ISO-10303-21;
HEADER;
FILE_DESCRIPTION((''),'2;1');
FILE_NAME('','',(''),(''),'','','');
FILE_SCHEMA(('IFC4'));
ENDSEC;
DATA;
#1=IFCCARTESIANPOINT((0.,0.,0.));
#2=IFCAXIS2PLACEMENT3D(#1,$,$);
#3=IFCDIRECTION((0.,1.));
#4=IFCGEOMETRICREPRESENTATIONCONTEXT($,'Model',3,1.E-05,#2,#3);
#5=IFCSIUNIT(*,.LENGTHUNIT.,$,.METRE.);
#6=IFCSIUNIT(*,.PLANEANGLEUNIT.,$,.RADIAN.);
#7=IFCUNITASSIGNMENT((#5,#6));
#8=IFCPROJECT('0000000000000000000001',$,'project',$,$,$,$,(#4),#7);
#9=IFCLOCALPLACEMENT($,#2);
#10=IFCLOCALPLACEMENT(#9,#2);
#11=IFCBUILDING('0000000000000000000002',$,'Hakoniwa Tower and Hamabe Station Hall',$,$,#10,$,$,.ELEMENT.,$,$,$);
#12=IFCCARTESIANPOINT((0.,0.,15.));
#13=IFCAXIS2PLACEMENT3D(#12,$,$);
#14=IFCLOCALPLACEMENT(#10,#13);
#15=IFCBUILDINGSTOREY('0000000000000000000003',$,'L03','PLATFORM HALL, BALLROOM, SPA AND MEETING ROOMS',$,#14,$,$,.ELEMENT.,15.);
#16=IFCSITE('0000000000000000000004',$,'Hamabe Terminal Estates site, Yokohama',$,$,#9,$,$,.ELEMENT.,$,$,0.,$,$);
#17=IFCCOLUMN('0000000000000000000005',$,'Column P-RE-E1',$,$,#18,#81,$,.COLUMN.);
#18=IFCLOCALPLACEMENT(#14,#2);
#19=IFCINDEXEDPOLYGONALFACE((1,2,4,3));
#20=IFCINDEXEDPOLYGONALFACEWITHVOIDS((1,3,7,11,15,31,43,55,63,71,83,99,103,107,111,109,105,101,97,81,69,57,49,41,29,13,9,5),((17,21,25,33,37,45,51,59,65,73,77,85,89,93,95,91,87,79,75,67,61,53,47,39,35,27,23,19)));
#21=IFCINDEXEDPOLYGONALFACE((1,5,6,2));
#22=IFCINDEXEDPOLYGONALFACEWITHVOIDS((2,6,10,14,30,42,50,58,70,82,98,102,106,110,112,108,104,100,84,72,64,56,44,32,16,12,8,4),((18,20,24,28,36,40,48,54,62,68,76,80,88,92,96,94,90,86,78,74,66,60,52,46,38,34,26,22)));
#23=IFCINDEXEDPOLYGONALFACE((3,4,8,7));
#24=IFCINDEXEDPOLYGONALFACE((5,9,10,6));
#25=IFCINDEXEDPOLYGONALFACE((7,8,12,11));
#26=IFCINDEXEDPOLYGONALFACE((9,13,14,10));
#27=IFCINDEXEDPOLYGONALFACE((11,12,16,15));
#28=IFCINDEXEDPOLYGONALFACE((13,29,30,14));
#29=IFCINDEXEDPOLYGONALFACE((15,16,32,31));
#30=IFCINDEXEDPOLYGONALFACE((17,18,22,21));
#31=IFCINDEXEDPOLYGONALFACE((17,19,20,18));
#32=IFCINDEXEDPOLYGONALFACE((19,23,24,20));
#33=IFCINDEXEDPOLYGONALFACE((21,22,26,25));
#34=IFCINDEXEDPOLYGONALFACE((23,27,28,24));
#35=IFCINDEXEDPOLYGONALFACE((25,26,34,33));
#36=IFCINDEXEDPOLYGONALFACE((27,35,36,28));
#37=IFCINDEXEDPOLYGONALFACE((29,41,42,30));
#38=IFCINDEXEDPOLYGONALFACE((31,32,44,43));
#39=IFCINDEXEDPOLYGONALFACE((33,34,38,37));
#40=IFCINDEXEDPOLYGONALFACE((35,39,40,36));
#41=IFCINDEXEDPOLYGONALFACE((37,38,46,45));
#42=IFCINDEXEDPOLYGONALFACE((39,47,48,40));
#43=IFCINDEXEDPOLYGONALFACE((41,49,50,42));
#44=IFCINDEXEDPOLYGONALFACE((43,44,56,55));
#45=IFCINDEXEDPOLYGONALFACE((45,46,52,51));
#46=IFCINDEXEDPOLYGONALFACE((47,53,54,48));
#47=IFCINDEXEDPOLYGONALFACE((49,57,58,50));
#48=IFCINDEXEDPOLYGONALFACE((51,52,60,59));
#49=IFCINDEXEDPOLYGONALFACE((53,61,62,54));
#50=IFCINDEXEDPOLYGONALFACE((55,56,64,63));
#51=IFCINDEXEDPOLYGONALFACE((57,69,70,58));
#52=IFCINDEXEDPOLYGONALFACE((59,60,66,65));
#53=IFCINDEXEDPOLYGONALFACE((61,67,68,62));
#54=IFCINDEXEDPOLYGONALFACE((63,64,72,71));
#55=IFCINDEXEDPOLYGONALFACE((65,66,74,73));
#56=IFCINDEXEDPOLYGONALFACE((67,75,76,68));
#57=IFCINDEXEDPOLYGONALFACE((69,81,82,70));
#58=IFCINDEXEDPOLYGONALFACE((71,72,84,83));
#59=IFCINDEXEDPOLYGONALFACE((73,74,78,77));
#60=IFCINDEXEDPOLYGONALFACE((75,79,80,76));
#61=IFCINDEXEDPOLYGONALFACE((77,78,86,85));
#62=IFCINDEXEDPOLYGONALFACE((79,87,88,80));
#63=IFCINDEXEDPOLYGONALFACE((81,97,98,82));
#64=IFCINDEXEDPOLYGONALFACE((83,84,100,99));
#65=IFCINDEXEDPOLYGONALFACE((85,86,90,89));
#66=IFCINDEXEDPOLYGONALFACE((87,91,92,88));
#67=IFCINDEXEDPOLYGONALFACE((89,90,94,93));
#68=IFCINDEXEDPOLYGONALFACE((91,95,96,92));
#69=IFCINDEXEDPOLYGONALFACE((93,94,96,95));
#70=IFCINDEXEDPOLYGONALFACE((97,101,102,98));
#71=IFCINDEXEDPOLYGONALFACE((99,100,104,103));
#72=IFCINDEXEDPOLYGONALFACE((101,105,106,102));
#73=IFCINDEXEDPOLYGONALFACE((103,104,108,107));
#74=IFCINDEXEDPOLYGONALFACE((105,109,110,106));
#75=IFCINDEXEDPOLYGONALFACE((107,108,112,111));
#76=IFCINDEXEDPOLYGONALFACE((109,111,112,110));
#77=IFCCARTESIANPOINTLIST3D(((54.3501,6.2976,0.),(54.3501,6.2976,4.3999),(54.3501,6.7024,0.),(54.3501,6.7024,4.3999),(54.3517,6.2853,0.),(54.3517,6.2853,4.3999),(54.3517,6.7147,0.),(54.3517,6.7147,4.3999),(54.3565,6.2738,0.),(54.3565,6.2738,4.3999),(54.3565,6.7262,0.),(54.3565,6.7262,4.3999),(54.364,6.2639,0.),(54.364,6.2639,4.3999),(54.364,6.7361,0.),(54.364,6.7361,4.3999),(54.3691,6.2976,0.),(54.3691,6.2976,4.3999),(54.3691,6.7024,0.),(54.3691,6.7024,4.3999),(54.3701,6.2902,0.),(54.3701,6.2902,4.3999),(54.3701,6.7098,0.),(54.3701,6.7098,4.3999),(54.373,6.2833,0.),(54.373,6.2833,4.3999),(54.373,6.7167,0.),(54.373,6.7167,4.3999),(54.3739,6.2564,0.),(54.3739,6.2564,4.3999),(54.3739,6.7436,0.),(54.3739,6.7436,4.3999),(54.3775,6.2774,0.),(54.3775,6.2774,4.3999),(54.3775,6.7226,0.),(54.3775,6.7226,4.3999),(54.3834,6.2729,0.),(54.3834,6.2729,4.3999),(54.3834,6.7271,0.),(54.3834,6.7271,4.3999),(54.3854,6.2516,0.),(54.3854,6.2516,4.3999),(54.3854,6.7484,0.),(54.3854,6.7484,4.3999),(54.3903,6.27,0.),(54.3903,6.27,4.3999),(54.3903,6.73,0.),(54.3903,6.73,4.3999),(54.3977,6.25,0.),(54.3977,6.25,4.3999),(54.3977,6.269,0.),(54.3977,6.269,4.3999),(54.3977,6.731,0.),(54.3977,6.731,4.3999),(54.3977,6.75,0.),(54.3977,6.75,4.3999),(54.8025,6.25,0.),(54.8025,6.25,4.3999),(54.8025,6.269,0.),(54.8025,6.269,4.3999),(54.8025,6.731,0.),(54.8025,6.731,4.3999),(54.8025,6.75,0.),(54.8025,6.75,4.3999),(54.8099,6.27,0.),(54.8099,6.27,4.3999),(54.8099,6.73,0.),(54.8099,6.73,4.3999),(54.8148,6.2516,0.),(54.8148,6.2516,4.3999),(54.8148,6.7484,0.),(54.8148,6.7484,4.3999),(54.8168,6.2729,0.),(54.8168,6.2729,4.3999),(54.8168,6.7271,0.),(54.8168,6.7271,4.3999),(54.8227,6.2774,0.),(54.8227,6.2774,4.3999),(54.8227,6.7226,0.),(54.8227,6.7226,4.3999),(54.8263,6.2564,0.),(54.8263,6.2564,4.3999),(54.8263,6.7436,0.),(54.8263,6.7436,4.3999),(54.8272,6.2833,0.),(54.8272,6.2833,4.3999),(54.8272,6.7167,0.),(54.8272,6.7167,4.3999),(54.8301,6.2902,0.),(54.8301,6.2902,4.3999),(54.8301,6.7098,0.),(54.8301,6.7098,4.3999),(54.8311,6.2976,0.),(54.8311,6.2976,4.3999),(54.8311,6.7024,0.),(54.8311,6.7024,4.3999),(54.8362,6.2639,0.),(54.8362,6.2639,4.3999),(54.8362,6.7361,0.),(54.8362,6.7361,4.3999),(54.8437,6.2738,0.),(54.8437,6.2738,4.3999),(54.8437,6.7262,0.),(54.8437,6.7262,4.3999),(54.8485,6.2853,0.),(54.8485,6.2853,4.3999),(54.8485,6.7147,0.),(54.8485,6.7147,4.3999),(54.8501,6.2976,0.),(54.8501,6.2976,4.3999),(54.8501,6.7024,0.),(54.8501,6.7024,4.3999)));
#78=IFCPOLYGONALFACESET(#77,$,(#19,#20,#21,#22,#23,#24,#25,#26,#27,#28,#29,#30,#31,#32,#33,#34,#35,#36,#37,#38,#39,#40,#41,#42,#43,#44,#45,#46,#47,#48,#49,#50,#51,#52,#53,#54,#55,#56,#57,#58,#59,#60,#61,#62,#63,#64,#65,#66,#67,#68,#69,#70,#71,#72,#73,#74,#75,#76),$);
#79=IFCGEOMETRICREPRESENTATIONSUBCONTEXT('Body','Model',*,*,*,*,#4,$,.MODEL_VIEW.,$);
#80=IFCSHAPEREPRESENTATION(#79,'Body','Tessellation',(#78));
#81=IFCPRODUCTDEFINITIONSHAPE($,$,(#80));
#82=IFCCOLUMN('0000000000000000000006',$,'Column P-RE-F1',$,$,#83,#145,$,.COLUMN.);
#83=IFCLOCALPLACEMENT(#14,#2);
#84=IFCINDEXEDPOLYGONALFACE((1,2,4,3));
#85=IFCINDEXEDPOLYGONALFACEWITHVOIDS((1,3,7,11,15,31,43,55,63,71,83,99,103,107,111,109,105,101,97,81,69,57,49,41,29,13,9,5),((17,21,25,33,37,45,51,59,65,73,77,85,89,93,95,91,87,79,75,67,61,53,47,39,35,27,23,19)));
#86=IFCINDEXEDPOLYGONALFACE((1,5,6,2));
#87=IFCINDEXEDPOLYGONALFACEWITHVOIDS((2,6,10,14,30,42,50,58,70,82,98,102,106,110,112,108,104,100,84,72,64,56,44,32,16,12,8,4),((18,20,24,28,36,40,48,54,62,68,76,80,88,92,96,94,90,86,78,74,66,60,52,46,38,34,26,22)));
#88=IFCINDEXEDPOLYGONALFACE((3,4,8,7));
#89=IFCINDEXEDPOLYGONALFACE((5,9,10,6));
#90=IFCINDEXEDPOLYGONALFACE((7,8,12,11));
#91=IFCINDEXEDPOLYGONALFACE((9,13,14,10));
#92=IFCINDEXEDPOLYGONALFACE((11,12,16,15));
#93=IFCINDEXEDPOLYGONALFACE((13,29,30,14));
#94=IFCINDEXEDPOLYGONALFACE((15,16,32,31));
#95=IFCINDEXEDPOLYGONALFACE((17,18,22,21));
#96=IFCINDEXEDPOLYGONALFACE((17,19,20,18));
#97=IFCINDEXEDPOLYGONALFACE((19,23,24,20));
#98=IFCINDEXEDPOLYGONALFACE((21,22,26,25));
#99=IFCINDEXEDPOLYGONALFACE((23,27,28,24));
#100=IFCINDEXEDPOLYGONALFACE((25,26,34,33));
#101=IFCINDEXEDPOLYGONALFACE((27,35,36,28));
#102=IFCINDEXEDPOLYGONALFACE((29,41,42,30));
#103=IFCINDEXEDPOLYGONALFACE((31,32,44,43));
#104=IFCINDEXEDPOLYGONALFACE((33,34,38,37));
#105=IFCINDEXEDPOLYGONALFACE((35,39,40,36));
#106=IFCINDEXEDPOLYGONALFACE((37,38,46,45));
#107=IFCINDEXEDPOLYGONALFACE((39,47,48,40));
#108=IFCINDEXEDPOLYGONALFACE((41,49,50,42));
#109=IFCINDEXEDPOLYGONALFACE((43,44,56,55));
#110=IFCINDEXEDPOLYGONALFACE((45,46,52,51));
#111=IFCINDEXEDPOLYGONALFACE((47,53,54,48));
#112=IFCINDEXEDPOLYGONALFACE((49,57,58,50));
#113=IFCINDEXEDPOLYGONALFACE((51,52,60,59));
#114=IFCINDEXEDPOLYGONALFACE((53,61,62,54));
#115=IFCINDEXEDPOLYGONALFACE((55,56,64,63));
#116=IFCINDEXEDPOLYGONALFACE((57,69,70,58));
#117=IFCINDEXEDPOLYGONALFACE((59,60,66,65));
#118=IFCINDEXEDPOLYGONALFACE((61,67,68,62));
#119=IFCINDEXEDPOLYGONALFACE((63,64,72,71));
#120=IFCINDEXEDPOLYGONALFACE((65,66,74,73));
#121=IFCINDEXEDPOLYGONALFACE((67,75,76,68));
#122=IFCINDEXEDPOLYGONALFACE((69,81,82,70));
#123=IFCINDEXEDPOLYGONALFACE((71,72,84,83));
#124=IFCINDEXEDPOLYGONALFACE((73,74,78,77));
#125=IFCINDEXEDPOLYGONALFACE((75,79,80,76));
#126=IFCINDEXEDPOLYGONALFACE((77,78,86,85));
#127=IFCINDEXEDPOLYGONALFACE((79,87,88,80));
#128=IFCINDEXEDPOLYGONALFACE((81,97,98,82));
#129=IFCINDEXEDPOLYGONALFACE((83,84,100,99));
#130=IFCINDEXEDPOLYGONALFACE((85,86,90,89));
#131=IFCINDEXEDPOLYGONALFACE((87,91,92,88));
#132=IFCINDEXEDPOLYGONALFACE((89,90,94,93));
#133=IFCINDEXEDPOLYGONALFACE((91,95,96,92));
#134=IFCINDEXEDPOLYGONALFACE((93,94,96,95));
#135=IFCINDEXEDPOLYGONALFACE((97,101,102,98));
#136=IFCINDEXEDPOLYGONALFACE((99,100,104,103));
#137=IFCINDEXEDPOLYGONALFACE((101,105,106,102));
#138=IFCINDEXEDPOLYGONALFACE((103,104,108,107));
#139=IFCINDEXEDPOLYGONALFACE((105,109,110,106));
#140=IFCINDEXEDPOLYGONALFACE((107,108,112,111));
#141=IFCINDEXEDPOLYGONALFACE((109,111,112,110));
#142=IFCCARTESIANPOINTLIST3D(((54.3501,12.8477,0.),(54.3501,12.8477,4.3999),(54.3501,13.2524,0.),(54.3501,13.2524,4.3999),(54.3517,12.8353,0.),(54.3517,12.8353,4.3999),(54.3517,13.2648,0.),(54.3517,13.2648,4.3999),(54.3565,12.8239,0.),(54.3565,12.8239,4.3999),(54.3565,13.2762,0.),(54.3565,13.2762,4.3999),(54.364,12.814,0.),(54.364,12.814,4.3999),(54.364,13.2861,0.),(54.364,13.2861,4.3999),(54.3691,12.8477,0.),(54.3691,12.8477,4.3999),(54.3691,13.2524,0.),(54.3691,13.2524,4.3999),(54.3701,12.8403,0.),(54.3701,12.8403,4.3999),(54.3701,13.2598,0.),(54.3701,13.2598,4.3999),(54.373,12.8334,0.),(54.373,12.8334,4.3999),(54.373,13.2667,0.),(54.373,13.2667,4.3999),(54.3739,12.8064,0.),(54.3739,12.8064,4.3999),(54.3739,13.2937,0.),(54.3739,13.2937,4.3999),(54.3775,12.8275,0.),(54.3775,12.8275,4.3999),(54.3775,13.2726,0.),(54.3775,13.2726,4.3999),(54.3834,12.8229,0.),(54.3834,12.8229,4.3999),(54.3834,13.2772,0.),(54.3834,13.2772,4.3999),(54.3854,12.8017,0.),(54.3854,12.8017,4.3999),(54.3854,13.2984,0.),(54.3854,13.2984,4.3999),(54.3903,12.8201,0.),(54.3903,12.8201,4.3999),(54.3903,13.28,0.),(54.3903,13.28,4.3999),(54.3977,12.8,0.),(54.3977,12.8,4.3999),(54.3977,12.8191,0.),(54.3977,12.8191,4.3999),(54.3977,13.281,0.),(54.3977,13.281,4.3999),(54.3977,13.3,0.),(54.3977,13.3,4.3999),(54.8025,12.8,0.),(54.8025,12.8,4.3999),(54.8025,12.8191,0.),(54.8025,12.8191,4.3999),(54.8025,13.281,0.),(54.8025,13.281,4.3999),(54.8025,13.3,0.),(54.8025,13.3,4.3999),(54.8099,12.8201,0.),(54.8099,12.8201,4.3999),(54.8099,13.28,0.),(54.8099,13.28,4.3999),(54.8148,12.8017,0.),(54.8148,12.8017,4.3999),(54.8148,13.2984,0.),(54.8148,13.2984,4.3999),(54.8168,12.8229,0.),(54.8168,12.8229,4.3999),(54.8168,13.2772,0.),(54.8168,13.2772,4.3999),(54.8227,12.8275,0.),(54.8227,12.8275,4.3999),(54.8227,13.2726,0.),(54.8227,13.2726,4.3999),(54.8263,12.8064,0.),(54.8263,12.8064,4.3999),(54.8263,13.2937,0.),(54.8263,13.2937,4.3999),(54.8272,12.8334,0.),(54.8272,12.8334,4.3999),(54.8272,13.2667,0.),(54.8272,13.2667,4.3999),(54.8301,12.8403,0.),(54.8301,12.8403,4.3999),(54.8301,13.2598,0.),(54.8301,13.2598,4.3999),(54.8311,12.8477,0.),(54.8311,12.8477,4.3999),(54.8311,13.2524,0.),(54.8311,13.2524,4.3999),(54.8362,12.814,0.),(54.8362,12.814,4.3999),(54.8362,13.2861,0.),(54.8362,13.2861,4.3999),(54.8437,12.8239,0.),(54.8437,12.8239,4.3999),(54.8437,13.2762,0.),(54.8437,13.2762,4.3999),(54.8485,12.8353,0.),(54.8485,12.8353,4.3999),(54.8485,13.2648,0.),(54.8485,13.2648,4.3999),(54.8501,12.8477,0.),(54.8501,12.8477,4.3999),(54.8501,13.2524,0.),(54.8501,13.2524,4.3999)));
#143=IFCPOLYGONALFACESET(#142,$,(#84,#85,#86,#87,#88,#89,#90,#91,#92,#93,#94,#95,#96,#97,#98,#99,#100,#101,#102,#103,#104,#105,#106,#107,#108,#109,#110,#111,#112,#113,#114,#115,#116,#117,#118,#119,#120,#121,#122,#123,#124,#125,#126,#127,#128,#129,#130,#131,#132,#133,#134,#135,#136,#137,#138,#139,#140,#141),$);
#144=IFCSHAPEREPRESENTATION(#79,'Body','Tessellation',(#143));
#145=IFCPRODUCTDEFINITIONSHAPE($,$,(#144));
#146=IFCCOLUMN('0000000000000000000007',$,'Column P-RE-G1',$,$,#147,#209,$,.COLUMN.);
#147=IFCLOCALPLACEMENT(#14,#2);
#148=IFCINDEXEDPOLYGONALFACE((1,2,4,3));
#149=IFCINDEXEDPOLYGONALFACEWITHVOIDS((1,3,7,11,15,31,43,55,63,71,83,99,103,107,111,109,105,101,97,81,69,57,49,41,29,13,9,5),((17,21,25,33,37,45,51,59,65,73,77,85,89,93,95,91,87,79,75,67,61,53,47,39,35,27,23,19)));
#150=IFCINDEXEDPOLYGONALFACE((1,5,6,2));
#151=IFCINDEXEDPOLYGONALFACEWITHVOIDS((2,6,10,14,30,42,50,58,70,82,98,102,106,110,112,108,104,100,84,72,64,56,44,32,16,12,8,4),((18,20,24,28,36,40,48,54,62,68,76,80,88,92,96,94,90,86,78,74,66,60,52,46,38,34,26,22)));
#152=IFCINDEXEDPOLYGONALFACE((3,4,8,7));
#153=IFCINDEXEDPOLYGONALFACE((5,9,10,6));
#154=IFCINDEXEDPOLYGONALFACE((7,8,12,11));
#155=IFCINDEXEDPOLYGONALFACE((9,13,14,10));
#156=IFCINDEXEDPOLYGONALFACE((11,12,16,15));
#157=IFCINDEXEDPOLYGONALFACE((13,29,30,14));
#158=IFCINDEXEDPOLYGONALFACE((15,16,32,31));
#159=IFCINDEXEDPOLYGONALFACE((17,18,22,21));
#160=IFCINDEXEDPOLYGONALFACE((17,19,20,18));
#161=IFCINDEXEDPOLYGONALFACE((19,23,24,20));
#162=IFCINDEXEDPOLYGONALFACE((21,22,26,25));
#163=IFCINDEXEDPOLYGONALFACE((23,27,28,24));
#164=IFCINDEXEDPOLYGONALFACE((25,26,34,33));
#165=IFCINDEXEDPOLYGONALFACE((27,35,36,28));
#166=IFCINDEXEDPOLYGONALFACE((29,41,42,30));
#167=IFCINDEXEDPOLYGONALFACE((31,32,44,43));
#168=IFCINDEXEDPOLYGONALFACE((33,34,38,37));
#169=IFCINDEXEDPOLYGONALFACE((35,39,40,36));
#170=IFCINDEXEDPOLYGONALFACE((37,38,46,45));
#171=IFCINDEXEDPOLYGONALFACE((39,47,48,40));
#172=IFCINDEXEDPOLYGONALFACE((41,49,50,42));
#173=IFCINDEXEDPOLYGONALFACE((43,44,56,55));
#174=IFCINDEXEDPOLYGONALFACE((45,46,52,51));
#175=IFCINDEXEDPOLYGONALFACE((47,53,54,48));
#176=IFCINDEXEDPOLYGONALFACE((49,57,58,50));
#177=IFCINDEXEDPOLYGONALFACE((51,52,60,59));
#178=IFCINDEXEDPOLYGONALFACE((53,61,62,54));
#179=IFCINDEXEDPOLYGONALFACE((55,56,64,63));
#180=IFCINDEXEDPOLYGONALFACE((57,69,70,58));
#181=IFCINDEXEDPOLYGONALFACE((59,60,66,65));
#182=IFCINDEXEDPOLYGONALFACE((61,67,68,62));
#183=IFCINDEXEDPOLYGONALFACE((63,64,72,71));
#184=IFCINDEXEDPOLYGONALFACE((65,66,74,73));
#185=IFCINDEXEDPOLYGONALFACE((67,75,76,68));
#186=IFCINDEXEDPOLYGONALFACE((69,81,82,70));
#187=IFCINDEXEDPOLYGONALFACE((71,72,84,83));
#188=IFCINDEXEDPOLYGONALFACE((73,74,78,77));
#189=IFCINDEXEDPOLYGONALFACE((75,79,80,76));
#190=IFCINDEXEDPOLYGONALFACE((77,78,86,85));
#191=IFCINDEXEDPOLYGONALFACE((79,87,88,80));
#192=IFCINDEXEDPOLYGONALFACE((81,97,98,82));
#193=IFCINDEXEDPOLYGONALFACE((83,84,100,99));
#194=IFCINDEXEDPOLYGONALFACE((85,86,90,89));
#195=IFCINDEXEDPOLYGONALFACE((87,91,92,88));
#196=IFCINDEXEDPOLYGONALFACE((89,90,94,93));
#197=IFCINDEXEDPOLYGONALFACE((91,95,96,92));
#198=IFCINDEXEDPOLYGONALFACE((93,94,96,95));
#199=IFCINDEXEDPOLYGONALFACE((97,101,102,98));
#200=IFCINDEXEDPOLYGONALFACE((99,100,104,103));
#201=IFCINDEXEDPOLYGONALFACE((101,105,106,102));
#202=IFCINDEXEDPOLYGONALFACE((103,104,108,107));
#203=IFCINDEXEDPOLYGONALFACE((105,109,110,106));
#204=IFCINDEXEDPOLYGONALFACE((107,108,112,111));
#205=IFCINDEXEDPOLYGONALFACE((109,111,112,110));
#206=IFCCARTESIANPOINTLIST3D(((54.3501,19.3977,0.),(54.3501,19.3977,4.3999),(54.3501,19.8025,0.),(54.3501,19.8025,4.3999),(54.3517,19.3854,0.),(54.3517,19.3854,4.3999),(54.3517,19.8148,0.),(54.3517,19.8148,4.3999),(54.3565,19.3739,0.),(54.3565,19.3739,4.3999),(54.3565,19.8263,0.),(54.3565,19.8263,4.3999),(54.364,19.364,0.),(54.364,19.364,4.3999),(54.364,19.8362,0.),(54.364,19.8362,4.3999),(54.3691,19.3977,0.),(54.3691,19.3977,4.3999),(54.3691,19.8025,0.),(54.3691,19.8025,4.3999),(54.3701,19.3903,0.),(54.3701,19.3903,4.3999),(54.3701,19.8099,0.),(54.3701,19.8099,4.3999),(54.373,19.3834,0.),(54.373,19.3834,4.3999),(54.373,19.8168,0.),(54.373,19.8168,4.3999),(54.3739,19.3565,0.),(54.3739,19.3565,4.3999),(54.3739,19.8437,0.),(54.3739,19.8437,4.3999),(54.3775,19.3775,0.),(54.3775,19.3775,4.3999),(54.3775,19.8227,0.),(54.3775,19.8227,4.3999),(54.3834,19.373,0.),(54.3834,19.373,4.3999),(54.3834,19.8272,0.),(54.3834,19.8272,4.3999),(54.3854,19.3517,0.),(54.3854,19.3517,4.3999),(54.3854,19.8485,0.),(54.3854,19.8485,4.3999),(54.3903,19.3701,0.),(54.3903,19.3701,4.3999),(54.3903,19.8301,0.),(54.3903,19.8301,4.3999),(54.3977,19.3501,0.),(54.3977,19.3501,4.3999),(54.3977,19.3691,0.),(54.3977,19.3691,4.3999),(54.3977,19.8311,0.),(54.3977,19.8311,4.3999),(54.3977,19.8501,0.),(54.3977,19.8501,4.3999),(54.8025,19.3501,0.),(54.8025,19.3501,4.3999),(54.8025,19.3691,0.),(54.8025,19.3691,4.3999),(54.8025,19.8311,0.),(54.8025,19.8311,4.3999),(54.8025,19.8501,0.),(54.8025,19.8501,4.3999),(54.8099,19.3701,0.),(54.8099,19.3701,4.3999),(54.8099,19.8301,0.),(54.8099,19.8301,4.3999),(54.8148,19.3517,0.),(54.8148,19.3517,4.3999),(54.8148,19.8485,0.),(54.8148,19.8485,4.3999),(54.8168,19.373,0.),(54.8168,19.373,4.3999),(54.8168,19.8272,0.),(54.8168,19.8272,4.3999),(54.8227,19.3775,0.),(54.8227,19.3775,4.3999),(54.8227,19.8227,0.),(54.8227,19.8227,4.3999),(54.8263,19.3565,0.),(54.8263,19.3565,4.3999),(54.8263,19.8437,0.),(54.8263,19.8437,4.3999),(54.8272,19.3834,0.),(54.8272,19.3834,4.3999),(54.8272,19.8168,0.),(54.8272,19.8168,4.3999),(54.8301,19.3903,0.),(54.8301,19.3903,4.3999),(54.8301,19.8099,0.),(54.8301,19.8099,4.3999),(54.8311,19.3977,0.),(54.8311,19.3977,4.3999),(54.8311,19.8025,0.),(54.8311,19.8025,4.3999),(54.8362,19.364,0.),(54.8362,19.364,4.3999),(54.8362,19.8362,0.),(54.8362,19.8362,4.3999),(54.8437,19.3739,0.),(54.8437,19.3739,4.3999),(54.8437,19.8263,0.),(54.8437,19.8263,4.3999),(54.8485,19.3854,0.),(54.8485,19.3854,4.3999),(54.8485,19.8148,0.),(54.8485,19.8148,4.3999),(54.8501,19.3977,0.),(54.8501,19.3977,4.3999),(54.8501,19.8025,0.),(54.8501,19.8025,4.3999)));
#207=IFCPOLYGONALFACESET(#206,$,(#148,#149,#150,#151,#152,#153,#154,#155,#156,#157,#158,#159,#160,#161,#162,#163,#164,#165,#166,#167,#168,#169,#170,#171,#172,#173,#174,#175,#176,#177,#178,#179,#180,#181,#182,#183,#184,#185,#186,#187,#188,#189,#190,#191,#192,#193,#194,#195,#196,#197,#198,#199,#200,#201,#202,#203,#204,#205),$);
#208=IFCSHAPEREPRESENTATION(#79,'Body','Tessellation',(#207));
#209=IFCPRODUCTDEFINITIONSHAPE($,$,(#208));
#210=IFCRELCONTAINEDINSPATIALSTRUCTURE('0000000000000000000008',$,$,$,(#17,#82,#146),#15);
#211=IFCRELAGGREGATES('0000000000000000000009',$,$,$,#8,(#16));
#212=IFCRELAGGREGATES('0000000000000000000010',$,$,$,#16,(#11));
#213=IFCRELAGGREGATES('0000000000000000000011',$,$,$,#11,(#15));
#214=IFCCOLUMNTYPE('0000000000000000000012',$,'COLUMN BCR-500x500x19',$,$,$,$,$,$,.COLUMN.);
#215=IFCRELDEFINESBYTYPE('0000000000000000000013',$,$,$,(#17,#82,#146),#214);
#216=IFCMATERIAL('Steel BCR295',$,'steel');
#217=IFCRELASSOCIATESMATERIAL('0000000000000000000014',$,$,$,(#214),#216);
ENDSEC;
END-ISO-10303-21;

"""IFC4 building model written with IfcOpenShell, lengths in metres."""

from ifc_helpers import new_model, si_unit, direction, frame, origin, origin_2d, place, context, subcontext, project, spatial, hollow_rectangle, extrude, material, material_profile, profile_set, type_object, element, save


model = new_model("IFC4")

# Units and contexts
model_context = context("Model", 3, precision=1e-05, world=origin(), true_north=direction((0.0, 1.0)))
body_context = subcontext(model_context, "Body", "Model", "MODEL_VIEW")
ifc_project = project(units=[si_unit("LENGTHUNIT", "METRE"), si_unit("PLANEANGLEUNIT", "RADIAN")], contexts=[model_context])

# Site, building, storey
site_placement = place(None, origin())
site = spatial("IfcSite", under=ifc_project, at=site_placement, Name="Hamabe Terminal Estates site, Yokohama", CompositionType="ELEMENT", RefElevation=0.0)
building_placement = place(site_placement, origin())
building = spatial("IfcBuilding", under=site, at=building_placement, Name="Hakoniwa Tower and Hamabe Station Hall", CompositionType="ELEMENT")
storey_placement = place(building_placement, frame((0.0, 0.0, 15.0)))
storey = spatial("IfcBuildingStorey", under=building, at=storey_placement, Name="L03", Description="PLATFORM HALL, BALLROOM, SPA AND MEETING ROOMS", CompositionType="ELEMENT", Elevation=15.0)

# Columns
ifc_material_1 = material(Name="Steel BCR295", Category="steel")
ifc_material_profile_1 = material_profile(ifc_material_1, hollow_rectangle(XDim=0.5, YDim=0.5, WallThickness=0.019, InnerFilletRadius=0.0286, OuterFilletRadius=0.0476, at=origin_2d()), Name="BCR-500x500x19")
ifc_profile_set_1 = profile_set([ifc_material_profile_1], Name="Steel BCR295")
column_type_1 = type_object("IfcColumnType", Name="COLUMN BCR-500x500x19", PredefinedType="COLUMN", material=ifc_profile_set_1)
for number, where, z_axis, x_axis, name in (
    (1, (54.6001, 6.5, 0.0), (0.0, 0.0, 1.0), (1.0, 0.0, 0.0), "Column P-RE-E1"),
    (2, (54.6001, 13.05, 0.0), (0.0, 0.0, 1.0), (1.0, 0.0, 0.0), "Column P-RE-F1"),
    (3, (54.6001, 19.6001, 0.0), (0.0, 0.0, 1.0), (1.0, 0.0, 0.0), "Column P-RE-G1"),
):
    element("IfcColumn", number, at=place(storey_placement, frame(where, z_axis=z_axis, x_axis=x_axis)), inside=storey, type_object=column_type_1, Name=name, PredefinedType="COLUMN", context=body_context, shape_type="SweptSolid", body=[
        extrude(hollow_rectangle(XDim=0.5, YDim=0.5, WallThickness=0.019, InnerFilletRadius=0.0286, OuterFilletRadius=0.0476, at=origin_2d()), origin(), (0.0, 0.0, 1.0), 4.3999),
    ])

save(model, "model.ifc")
